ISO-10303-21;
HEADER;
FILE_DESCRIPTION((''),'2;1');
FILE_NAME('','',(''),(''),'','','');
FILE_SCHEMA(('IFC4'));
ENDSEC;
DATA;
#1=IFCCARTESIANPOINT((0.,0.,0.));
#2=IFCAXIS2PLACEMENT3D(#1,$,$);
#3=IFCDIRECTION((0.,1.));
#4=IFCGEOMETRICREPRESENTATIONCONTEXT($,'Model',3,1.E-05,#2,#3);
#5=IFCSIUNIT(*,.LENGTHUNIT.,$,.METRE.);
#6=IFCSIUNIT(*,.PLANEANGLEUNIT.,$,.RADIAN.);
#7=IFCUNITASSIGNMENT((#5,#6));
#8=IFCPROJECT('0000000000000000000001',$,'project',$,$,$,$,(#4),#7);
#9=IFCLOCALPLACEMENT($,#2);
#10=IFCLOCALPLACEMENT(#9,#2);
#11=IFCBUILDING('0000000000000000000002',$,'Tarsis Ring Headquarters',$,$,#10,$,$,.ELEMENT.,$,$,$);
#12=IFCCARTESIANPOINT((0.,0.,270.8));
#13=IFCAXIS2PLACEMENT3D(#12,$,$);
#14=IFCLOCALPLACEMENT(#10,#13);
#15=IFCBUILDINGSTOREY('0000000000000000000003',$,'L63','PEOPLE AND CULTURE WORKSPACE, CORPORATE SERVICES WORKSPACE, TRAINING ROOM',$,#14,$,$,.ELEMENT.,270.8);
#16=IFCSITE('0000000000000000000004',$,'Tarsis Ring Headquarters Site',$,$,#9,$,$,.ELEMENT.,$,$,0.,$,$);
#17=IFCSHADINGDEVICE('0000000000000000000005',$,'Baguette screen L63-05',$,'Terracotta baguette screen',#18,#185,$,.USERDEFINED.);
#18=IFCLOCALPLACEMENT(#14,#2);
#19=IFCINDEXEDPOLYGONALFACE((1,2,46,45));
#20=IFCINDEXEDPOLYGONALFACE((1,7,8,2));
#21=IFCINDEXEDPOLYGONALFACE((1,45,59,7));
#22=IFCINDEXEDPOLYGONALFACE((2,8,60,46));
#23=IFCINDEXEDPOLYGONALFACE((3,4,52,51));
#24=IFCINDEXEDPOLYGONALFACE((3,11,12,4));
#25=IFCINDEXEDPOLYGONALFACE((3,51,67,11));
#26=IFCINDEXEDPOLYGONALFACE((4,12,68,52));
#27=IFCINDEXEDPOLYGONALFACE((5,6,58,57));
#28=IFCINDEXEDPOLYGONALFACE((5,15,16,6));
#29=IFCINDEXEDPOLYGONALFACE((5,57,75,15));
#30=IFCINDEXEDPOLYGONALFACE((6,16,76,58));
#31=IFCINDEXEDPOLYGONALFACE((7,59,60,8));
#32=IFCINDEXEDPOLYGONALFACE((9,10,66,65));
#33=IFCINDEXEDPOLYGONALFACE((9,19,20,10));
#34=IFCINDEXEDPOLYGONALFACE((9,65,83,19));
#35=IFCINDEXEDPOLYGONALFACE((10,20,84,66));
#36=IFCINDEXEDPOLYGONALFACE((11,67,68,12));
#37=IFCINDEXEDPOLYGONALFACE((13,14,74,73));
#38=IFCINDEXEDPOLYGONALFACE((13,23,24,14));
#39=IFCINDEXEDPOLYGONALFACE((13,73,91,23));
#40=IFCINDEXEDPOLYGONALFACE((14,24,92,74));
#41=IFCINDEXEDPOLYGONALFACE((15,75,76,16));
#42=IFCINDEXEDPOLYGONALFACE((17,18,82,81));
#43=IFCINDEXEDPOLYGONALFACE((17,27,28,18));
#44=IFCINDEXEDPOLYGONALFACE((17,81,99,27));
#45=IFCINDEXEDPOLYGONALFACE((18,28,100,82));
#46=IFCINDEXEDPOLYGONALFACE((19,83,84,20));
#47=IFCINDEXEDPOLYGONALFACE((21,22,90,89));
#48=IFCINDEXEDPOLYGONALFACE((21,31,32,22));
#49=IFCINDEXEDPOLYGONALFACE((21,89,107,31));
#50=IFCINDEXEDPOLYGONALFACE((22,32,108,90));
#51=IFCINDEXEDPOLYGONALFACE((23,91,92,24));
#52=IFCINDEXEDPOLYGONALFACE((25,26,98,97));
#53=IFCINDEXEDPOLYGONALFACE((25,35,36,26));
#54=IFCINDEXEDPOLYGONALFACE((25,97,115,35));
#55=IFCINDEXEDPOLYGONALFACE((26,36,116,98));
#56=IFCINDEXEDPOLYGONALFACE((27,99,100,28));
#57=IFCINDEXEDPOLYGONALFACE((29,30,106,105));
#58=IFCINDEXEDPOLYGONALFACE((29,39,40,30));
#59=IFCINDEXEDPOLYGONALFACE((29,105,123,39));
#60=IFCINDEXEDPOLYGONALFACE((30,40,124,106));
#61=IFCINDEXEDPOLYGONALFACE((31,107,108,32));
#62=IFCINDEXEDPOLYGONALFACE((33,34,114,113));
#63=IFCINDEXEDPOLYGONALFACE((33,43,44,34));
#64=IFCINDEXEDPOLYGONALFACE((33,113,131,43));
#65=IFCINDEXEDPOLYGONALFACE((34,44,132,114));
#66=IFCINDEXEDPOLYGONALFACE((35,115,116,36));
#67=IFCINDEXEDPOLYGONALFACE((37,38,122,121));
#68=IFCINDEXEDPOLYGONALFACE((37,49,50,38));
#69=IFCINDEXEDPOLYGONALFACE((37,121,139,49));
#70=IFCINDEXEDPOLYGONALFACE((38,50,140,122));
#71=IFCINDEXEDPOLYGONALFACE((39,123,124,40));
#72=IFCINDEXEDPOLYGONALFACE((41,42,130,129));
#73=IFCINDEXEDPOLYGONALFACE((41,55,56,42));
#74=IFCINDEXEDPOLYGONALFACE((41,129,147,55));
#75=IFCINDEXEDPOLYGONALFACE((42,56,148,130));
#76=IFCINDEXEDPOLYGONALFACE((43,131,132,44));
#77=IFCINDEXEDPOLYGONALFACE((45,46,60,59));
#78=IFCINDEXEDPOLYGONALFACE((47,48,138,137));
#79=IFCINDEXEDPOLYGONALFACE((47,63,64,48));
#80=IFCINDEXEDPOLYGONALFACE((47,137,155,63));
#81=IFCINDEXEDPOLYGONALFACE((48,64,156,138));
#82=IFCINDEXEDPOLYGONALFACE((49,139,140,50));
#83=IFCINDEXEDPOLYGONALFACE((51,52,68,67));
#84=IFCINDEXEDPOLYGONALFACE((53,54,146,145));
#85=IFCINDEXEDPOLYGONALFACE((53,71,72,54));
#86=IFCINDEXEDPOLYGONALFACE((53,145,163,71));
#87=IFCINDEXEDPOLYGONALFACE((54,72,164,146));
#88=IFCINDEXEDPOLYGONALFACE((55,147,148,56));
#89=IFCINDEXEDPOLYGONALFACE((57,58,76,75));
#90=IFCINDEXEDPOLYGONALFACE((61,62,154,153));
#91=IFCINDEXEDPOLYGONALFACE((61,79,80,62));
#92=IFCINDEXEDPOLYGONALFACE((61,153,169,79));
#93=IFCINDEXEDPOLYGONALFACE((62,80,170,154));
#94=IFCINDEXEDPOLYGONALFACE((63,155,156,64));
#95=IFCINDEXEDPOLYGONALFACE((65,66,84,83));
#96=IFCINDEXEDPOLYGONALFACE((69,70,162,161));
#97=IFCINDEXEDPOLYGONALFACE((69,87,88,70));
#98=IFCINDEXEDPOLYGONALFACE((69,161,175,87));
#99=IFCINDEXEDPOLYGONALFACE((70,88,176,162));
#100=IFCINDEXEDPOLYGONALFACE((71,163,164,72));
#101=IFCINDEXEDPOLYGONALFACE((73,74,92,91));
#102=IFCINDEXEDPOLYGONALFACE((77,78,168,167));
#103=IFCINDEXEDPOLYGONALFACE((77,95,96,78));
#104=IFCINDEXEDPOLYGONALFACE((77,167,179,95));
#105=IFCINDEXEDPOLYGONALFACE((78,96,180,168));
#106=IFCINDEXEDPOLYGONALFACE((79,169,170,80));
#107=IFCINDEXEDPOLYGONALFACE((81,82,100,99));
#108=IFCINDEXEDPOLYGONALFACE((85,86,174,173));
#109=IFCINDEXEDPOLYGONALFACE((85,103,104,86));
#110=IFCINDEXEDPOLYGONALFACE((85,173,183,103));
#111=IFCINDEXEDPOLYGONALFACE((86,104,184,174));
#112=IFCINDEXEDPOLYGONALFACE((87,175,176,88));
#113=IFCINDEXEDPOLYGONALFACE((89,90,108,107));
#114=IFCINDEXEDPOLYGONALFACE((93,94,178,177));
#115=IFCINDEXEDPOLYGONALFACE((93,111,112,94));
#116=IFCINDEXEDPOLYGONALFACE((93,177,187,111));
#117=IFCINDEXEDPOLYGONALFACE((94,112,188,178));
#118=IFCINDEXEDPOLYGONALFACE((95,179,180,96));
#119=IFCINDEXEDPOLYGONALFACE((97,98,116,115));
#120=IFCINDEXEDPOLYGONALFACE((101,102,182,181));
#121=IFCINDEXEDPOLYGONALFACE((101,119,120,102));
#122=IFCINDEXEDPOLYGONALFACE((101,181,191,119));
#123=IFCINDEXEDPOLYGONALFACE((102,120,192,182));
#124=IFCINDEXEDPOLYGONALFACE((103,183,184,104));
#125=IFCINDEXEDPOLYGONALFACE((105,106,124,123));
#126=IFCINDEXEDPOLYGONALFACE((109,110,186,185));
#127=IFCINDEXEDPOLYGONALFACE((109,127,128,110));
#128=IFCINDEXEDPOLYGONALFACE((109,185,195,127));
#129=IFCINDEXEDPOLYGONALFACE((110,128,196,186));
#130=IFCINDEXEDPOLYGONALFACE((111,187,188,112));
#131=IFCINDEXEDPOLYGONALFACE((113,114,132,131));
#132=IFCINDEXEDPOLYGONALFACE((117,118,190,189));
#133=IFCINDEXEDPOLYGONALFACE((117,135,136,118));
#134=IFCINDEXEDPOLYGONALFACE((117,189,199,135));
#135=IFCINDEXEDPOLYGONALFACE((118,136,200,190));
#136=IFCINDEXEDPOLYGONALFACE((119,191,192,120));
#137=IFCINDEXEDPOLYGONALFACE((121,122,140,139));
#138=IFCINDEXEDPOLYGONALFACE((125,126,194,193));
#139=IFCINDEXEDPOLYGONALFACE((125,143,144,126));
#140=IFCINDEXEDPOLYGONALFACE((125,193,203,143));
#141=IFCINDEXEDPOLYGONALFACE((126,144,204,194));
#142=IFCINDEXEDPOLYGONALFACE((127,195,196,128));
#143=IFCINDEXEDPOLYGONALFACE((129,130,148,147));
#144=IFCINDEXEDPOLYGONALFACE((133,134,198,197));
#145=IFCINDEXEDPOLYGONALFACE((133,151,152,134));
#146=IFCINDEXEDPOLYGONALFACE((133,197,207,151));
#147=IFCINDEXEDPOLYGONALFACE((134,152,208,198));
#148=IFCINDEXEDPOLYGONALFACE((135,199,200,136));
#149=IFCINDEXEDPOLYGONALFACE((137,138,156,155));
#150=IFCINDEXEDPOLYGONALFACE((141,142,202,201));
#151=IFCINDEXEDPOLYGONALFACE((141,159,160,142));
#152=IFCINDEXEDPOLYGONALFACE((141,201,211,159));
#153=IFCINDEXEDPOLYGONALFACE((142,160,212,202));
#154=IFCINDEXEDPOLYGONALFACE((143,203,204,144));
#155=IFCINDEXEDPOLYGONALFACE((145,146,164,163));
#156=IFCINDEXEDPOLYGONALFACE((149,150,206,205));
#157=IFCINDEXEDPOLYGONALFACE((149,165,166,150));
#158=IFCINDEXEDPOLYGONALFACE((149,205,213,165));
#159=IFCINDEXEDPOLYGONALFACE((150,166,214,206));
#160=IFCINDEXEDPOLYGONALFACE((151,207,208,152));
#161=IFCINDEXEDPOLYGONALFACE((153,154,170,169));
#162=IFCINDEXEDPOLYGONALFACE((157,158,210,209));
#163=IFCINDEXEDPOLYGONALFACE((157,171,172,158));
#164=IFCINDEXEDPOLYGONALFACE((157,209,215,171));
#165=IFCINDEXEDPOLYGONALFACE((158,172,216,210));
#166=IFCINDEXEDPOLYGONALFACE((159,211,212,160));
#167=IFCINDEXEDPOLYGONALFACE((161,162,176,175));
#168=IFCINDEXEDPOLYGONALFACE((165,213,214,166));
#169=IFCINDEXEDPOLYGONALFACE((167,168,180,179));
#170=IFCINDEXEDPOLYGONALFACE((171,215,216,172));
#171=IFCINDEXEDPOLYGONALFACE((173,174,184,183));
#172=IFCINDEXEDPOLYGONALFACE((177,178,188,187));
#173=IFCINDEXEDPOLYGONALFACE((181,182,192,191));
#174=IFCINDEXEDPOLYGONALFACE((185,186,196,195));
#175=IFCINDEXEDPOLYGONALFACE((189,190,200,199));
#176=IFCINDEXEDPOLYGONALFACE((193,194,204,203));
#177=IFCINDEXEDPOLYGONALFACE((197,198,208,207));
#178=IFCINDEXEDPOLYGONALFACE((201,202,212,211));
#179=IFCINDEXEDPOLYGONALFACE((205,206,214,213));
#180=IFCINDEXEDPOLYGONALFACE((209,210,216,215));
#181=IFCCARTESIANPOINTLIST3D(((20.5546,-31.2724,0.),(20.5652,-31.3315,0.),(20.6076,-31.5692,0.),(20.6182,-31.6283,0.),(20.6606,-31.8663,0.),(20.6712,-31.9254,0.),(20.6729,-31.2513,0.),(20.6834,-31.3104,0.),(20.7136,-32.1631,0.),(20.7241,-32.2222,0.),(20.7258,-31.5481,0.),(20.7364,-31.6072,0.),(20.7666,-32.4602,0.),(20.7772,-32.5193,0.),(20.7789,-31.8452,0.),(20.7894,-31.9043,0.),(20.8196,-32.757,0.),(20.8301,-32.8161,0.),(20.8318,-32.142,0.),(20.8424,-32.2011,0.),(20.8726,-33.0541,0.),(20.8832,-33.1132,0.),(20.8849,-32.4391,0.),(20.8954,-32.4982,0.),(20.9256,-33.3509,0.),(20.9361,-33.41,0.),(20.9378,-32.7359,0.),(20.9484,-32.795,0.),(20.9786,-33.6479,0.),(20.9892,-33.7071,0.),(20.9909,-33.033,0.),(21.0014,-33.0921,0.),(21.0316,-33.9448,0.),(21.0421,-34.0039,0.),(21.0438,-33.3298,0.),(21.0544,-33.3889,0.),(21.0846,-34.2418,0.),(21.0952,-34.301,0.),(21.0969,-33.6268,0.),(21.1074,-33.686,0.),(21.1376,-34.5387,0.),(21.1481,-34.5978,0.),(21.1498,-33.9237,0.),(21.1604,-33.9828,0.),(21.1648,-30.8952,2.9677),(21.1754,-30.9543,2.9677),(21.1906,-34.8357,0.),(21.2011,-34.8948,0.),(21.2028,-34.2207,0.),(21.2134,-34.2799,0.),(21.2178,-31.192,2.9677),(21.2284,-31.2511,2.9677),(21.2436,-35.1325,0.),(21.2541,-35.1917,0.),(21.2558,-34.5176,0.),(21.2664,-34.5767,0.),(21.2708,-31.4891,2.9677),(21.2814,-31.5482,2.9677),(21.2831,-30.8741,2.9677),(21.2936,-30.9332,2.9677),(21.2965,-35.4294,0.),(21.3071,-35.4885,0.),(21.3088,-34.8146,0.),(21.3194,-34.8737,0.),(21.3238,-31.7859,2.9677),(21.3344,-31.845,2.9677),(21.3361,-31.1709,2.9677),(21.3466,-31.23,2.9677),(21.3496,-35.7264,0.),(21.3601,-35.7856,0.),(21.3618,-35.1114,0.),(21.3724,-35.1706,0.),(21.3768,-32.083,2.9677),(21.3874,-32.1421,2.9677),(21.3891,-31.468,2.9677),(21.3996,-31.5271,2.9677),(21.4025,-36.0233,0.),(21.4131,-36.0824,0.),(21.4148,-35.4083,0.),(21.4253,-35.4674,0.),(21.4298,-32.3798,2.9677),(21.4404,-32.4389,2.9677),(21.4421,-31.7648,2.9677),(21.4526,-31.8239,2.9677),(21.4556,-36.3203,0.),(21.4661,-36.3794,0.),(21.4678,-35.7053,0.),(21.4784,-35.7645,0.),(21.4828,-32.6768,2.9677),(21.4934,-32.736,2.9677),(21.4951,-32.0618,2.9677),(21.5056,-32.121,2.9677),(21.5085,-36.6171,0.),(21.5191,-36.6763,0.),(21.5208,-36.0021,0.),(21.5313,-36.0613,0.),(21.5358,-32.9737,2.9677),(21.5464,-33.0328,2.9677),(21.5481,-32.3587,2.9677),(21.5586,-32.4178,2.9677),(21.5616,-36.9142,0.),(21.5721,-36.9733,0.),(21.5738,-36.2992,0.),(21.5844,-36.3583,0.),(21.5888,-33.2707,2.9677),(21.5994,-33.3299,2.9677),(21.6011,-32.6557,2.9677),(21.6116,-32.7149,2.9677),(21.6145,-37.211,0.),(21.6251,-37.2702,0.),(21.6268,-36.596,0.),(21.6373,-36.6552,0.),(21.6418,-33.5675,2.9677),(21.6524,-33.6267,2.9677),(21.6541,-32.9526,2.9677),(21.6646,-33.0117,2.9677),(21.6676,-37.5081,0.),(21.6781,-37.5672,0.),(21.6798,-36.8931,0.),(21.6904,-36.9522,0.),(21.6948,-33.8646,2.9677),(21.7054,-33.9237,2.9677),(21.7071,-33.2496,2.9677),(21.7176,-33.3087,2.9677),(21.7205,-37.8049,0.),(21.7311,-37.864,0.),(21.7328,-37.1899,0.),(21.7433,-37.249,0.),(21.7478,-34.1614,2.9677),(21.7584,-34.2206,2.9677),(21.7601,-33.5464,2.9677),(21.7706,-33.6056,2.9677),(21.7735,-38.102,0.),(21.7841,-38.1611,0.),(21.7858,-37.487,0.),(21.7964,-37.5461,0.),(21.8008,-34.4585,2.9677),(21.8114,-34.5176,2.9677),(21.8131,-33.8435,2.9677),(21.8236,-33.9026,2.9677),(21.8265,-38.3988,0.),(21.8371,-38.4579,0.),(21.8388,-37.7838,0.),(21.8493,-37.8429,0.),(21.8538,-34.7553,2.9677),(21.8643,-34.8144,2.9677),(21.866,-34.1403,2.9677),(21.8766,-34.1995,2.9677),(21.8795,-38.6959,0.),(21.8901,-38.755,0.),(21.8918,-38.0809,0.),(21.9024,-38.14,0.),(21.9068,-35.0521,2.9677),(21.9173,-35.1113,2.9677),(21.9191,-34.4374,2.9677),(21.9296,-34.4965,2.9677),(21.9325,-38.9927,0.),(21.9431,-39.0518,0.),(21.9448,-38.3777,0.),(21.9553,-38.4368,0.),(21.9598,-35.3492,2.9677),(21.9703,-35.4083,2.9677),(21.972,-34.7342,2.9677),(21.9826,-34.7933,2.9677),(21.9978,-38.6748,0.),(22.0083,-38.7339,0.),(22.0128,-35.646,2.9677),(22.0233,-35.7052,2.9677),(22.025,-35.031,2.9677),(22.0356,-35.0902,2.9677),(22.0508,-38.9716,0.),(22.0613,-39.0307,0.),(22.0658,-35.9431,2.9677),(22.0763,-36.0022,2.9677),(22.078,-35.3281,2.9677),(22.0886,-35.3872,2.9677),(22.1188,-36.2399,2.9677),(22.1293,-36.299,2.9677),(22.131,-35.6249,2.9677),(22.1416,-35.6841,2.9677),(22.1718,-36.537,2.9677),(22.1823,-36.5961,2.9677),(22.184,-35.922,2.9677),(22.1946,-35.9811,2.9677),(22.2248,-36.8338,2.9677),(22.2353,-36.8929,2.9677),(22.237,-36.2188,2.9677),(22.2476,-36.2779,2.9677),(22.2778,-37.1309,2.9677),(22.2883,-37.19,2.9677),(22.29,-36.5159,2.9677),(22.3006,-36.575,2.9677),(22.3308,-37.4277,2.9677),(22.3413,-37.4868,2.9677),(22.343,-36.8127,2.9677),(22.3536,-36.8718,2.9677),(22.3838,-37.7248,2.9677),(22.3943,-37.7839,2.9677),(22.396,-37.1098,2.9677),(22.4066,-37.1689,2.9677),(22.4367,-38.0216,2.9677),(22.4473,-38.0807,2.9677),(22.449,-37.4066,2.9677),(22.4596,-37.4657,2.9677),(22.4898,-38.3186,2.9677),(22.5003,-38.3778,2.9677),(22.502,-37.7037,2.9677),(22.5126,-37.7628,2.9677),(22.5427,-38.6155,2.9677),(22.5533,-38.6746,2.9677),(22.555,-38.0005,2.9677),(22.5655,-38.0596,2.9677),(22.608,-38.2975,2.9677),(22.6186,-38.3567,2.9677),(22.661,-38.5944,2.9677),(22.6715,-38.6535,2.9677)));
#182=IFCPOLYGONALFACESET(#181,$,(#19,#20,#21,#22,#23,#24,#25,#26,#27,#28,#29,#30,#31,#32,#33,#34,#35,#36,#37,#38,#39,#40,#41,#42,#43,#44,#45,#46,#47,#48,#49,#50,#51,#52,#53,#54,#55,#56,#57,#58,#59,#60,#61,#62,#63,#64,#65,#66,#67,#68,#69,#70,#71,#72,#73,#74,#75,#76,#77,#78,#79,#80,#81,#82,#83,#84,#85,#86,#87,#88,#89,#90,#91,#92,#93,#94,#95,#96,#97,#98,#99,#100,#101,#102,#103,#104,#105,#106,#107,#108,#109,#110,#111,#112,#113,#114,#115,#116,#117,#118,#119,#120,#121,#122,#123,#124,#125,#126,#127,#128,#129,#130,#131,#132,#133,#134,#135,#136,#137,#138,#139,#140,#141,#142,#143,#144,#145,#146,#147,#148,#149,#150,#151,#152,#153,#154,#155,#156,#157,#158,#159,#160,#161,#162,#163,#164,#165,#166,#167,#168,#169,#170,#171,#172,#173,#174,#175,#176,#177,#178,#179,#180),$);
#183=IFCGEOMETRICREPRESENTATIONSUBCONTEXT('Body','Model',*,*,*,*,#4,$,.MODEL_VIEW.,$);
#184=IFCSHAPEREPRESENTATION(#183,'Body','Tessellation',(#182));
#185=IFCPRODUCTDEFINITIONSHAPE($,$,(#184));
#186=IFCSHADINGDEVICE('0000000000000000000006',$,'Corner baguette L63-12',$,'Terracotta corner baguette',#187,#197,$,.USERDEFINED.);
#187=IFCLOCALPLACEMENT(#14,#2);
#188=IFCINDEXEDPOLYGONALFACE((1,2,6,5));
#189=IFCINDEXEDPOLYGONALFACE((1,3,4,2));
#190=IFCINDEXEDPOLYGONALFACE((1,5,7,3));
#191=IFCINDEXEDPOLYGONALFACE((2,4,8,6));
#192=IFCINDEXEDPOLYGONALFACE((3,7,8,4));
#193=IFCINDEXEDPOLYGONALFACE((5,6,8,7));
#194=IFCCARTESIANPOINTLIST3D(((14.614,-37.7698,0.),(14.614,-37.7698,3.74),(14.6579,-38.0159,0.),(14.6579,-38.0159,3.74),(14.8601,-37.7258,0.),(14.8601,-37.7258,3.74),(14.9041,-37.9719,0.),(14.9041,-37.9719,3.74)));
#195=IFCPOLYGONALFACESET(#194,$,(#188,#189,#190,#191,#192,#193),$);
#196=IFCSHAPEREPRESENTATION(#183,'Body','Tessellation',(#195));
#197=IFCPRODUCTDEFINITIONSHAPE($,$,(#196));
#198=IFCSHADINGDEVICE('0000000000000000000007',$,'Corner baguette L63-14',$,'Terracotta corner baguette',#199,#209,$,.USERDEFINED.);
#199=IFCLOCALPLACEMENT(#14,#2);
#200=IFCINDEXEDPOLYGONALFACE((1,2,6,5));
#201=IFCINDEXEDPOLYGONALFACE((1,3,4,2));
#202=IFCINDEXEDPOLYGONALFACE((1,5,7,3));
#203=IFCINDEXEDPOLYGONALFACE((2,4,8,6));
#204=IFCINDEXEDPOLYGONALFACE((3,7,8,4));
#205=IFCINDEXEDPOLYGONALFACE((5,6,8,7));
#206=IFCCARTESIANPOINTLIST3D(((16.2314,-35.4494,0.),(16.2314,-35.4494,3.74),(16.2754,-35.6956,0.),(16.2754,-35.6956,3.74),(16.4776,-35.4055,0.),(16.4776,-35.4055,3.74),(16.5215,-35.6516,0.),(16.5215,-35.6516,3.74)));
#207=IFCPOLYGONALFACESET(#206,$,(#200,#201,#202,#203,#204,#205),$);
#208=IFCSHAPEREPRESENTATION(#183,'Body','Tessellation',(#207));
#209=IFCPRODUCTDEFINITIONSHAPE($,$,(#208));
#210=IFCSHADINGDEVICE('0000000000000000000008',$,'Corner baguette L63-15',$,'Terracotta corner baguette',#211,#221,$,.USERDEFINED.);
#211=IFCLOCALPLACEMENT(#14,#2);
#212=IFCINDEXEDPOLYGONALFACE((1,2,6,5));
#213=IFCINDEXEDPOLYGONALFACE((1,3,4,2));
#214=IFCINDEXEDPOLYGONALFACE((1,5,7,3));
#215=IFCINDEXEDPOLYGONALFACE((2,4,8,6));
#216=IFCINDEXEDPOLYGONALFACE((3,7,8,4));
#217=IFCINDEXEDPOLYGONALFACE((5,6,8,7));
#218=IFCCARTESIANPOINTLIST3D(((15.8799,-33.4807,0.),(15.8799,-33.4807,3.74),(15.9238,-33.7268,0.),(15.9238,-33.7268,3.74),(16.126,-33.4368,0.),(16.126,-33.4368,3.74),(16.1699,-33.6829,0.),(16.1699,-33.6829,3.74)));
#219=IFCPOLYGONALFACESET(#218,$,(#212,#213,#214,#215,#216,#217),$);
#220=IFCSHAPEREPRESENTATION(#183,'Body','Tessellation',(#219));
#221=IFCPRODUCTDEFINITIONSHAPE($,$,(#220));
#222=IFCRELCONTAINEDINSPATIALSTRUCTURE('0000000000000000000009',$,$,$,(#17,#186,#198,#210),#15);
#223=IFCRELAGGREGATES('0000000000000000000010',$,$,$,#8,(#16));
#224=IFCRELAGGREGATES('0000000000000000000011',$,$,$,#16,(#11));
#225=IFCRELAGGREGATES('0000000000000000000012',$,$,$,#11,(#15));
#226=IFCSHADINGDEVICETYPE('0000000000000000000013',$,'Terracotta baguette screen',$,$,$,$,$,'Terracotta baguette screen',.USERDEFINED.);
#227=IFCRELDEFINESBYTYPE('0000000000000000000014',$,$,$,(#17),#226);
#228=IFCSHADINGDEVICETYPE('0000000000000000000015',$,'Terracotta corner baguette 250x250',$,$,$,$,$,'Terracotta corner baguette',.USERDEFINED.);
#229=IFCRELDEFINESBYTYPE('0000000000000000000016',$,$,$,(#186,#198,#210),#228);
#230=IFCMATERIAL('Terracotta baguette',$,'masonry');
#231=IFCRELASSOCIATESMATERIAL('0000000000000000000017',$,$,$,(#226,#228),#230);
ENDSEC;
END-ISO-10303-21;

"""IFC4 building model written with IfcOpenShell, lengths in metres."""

from ifc_helpers import new_model, si_unit, direction, frame, frame_2d, origin, origin_2d, place, context, subcontext, project, spatial, rectangle, composite_profile, extrude, material, type_object, element, save


model = new_model("IFC4")

# Units and contexts
model_context = context("Model", 3, precision=1e-05, world=origin(), true_north=direction((0.0, 1.0)))
body_context = subcontext(model_context, "Body", "Model", "MODEL_VIEW")
ifc_project = project(units=[si_unit("LENGTHUNIT", "METRE"), si_unit("PLANEANGLEUNIT", "RADIAN")], contexts=[model_context])

# Site, building, storey
site_placement = place(None, origin())
site = spatial("IfcSite", under=ifc_project, at=site_placement, Name="Tarsis Ring Headquarters Site", CompositionType="ELEMENT", RefElevation=0.0)
building_placement = place(site_placement, origin())
building = spatial("IfcBuilding", under=site, at=building_placement, Name="Tarsis Ring Headquarters", CompositionType="ELEMENT")
storey_placement = place(building_placement, frame((0.0, 0.0, 270.8)))
storey = spatial("IfcBuildingStorey", under=building, at=storey_placement, Name="L63", Description="PEOPLE AND CULTURE WORKSPACE, CORPORATE SERVICES WORKSPACE, TRAINING ROOM", CompositionType="ELEMENT", Elevation=270.8)

# Shading devices
ifc_material_1 = material(Name="Terracotta baguette", Category="masonry")
shading_device_type_1 = type_object("IfcShadingDeviceType", Name="Terracotta baguette screen", ElementType="Terracotta baguette screen", PredefinedType="USERDEFINED", material=ifc_material_1)
shading_device_placement = place(storey_placement, frame((22.0022, -39.0413, 0.0), z_axis=(0.0, 0.0, 1.0), x_axis=(-0.175698, 0.984429, 0.0)))
element("IfcShadingDevice", 1, at=shading_device_placement, inside=storey, type_object=shading_device_type_1, Name="Baguette screen L63-05", ObjectType="Terracotta baguette screen", PredefinedType="USERDEFINED", context=body_context, shape_type="SweptSolid", body=[
    extrude(composite_profile([rectangle(XDim=0.0601, YDim=0.1201, at=frame_2d((0.03, 0.0))), rectangle(XDim=0.0601, YDim=0.1201, at=frame_2d((0.3315, 0.0))), rectangle(XDim=0.0601, YDim=0.1201, at=frame_2d((0.6333, 0.0))), rectangle(XDim=0.0601, YDim=0.1201, at=frame_2d((0.9348, 0.0))), rectangle(XDim=0.0601, YDim=0.1201, at=frame_2d((1.2366, 0.0))), rectangle(XDim=0.0601, YDim=0.1201, at=frame_2d((1.5381, 0.0))), rectangle(XDim=0.0601, YDim=0.1201, at=frame_2d((1.8398, 0.0))), rectangle(XDim=0.0601, YDim=0.1201, at=frame_2d((2.1414, 0.0))), rectangle(XDim=0.0601, YDim=0.1201, at=frame_2d((2.4431, 0.0))), rectangle(XDim=0.0601, YDim=0.1201, at=frame_2d((2.7446, 0.0))), rectangle(XDim=0.0601, YDim=0.1201, at=frame_2d((3.0464, 0.0))), rectangle(XDim=0.0601, YDim=0.1201, at=frame_2d((3.3479, 0.0))), rectangle(XDim=0.0601, YDim=0.1201, at=frame_2d((3.6497, 0.0))), rectangle(XDim=0.0601, YDim=0.1201, at=frame_2d((3.9512, 0.0))), rectangle(XDim=0.0601, YDim=0.1201, at=frame_2d((4.2527, 0.0))), rectangle(XDim=0.0601, YDim=0.1201, at=frame_2d((4.5544, 0.0))), rectangle(XDim=0.0601, YDim=0.1201, at=frame_2d((4.856, 0.0))), rectangle(XDim=0.0601, YDim=0.1201, at=frame_2d((5.1577, 0.0))), rectangle(XDim=0.0601, YDim=0.1201, at=frame_2d((5.4592, 0.0))), rectangle(XDim=0.0601, YDim=0.1201, at=frame_2d((5.761, 0.0))), rectangle(XDim=0.0601, YDim=0.1201, at=frame_2d((6.0625, 0.0))), rectangle(XDim=0.0601, YDim=0.1201, at=frame_2d((6.3643, 0.0))), rectangle(XDim=0.0601, YDim=0.1201, at=frame_2d((6.6658, 0.0))), rectangle(XDim=0.0601, YDim=0.1201, at=frame_2d((6.9675, 0.0))), rectangle(XDim=0.0601, YDim=0.1201, at=frame_2d((7.269, 0.0))), rectangle(XDim=0.0601, YDim=0.1201, at=frame_2d((7.5708, 0.0))), rectangle(XDim=0.0601, YDim=0.1201, at=frame_2d((7.8723, 0.0)))]), origin(), (0.086511, -0.21846, 0.972004), 3.0532),
])
shading_device_type_2 = type_object("IfcShadingDeviceType", Name="Terracotta corner baguette 250x250", ElementType="Terracotta corner baguette", PredefinedType="USERDEFINED", material=ifc_material_1)
for number, where, z_axis, x_axis, name in (
    (2, (14.759, -37.8708, 0.0), (0.0, 0.0, 1.0), (0.984442, 0.17571, 0.0), "Corner baguette L63-12"),
    (3, (16.3765, -35.5505, 0.0), (0.0, 0.0, 1.0), (0.984442, 0.17571, 0.0), "Corner baguette L63-14"),
    (4, (16.0249, -33.5818, 0.0), (0.0, 0.0, 1.0), (-0.17571, 0.984442, 0.0), "Corner baguette L63-15"),
):
    element("IfcShadingDevice", number, at=place(storey_placement, frame(where, z_axis=z_axis, x_axis=x_axis)), inside=storey, type_object=shading_device_type_2, Name=name, ObjectType="Terracotta corner baguette", PredefinedType="USERDEFINED", context=body_context, shape_type="SweptSolid", body=[
        extrude(rectangle(XDim=0.25, YDim=0.25, at=origin_2d()), origin(), (0.0, 0.0, 1.0), 3.74),
    ])

save(model, "model.ifc")
